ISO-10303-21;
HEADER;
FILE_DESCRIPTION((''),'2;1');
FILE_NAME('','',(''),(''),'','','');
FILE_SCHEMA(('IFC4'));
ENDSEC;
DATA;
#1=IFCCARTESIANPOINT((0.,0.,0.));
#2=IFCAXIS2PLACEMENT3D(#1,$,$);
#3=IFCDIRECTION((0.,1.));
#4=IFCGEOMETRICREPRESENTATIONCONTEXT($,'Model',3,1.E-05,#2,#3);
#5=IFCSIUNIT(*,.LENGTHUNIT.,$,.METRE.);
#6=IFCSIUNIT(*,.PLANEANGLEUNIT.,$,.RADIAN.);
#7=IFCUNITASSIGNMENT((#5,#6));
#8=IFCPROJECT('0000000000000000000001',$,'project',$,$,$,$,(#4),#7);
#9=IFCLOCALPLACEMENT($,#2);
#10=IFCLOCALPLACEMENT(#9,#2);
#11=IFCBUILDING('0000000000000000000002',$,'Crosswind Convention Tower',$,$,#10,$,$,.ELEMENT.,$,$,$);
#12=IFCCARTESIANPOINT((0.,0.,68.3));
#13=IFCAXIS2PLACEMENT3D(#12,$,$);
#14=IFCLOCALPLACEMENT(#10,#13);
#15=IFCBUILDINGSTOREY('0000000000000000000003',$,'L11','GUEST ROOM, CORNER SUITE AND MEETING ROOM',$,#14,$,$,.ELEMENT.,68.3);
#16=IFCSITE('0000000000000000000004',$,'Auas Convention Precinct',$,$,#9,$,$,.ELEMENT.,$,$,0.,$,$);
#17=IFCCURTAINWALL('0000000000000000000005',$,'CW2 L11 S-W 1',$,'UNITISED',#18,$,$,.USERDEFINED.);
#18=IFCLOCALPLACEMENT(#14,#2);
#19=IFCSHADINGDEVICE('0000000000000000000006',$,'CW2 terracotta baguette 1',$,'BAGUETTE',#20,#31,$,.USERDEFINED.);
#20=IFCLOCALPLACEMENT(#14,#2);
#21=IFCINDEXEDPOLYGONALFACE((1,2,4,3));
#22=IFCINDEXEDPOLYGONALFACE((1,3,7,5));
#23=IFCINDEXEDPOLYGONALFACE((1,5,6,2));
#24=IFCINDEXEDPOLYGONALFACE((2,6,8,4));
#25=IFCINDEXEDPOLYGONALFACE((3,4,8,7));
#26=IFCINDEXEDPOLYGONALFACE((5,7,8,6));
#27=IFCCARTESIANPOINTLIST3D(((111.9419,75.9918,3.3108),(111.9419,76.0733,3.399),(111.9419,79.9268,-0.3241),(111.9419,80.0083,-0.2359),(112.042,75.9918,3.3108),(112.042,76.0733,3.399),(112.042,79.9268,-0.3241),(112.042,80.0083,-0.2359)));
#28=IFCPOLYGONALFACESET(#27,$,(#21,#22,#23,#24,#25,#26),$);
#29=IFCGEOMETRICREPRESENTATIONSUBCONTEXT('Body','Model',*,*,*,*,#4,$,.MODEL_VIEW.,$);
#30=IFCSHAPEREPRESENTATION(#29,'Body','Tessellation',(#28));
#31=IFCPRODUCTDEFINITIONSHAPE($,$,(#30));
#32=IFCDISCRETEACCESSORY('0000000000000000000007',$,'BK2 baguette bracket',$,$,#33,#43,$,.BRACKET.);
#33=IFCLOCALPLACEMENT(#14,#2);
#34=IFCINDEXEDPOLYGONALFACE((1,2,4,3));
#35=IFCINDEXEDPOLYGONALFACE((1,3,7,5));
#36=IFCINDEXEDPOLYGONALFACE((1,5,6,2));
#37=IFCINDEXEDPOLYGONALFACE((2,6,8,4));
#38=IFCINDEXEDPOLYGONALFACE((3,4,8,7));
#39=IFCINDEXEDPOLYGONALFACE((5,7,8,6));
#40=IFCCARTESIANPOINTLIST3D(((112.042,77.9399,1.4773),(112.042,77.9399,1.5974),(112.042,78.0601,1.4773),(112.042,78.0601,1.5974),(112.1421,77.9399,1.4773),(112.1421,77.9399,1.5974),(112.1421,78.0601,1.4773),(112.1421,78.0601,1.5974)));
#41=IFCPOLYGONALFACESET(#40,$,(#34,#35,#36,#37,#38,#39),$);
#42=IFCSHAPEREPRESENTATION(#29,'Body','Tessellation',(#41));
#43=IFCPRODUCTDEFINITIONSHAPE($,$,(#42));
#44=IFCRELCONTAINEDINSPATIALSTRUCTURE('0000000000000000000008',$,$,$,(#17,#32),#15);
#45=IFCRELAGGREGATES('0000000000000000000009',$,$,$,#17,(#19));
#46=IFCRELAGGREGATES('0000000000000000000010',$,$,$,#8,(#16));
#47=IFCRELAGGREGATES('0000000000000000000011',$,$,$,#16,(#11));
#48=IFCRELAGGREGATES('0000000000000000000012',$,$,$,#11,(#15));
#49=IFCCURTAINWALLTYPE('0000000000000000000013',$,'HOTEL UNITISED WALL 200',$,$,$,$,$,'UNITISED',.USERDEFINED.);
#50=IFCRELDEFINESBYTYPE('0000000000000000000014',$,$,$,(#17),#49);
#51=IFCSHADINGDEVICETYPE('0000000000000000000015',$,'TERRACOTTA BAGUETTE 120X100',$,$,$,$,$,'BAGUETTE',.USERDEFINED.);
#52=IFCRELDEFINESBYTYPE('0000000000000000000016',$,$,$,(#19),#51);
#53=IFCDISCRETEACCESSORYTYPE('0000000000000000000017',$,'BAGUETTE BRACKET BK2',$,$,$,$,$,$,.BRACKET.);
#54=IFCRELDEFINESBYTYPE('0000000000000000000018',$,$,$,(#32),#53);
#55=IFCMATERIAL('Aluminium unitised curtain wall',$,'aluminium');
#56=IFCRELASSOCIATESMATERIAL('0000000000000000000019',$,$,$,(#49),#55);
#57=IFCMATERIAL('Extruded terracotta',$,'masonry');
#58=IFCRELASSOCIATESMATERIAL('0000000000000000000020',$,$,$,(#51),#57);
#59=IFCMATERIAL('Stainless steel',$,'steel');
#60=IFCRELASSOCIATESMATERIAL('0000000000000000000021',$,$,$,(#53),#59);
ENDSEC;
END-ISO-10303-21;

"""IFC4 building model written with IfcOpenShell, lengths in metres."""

from ifc_helpers import new_model, si_unit, direction, frame, origin, origin_2d, place, context, subcontext, project, spatial, rectangle, extrude, material, material_profile, profile_set, type_object, element, aggregate, save


model = new_model("IFC4")

# Units and contexts
model_context = context("Model", 3, precision=1e-05, world=origin(), true_north=direction((0.0, 1.0)))
body_context = subcontext(model_context, "Body", "Model", "MODEL_VIEW")
ifc_project = project(units=[si_unit("LENGTHUNIT", "METRE"), si_unit("PLANEANGLEUNIT", "RADIAN")], contexts=[model_context])

# Site, building, storey
site_placement = place(None, origin())
site = spatial("IfcSite", under=ifc_project, at=site_placement, Name="Auas Convention Precinct", CompositionType="ELEMENT", RefElevation=0.0)
building_placement = place(site_placement, origin())
building = spatial("IfcBuilding", under=site, at=building_placement, Name="Crosswind Convention Tower", CompositionType="ELEMENT")
storey_placement = place(building_placement, frame((0.0, 0.0, 68.3)))
storey = spatial("IfcBuildingStorey", under=building, at=storey_placement, Name="L11", Description="GUEST ROOM, CORNER SUITE AND MEETING ROOM", CompositionType="ELEMENT", Elevation=68.3)

# Shared definitions
ifc_material_1 = material(Name="Aluminium unitised curtain wall", Category="aluminium")

# Curtain wall
curtain_wall_type_1 = type_object("IfcCurtainWallType", Name="HOTEL UNITISED WALL 200", ElementType="UNITISED", PredefinedType="USERDEFINED", material=ifc_material_1)
curtain_wall_1_placement = place(storey_placement, origin())
curtain_wall_1 = element("IfcCurtainWall", 1, at=curtain_wall_1_placement, inside=storey, type_object=curtain_wall_type_1, Name="CW2 L11 S-W 1", ObjectType="UNITISED", PredefinedType="USERDEFINED")

# Shading device
ifc_material_2 = material(Name="Extruded terracotta", Category="masonry")
ifc_material_profile_1 = material_profile(ifc_material_2, rectangle(XDim=0.1001, YDim=0.1201, at=origin_2d()), Name="TC 100X120")
ifc_profile_set_1 = profile_set([ifc_material_profile_1], Name="Extruded terracotta")
shading_device_type = type_object("IfcShadingDeviceType", Name="TERRACOTTA BAGUETTE 120X100", ElementType="BAGUETTE", PredefinedType="USERDEFINED", material=ifc_profile_set_1)
shading_device_placement = place(storey_placement, frame((111.9919, 79.9675, -0.28), z_axis=(0.0, -0.734557, 0.678547), x_axis=(1.0, 0.0, 0.0)))
shading_device = element("IfcShadingDevice", 2, at=shading_device_placement, type_object=shading_device_type, Name="CW2 terracotta baguette 1", ObjectType="BAGUETTE", PredefinedType="USERDEFINED", context=body_context, shape_type="SweptSolid", body=[
    extrude(rectangle(XDim=0.1001, YDim=0.1201, at=origin_2d()), origin(), (0.0, 0.0, 1.0), 5.3569),
])
aggregate(curtain_wall_1, [shading_device])

# Discrete accessory
ifc_material_3 = material(Name="Stainless steel", Category="steel")
discrete_accessory_type = type_object("IfcDiscreteAccessoryType", Name="BAGUETTE BRACKET BK2", PredefinedType="BRACKET", material=ifc_material_3)
discrete_accessory_placement = place(storey_placement, frame((112.092, 78.0, 1.4773), z_axis=(0.0, 0.0, 1.0), x_axis=(0.0, -1.0, 0.0)))
element("IfcDiscreteAccessory", 3, at=discrete_accessory_placement, inside=storey, type_object=discrete_accessory_type, Name="BK2 baguette bracket", PredefinedType="BRACKET", context=body_context, shape_type="SweptSolid", body=[
    extrude(rectangle(XDim=0.1201, YDim=0.1001, at=origin_2d()), origin(), (0.0, 0.0, 1.0), 0.1201),
])

save(model, "model.ifc")
